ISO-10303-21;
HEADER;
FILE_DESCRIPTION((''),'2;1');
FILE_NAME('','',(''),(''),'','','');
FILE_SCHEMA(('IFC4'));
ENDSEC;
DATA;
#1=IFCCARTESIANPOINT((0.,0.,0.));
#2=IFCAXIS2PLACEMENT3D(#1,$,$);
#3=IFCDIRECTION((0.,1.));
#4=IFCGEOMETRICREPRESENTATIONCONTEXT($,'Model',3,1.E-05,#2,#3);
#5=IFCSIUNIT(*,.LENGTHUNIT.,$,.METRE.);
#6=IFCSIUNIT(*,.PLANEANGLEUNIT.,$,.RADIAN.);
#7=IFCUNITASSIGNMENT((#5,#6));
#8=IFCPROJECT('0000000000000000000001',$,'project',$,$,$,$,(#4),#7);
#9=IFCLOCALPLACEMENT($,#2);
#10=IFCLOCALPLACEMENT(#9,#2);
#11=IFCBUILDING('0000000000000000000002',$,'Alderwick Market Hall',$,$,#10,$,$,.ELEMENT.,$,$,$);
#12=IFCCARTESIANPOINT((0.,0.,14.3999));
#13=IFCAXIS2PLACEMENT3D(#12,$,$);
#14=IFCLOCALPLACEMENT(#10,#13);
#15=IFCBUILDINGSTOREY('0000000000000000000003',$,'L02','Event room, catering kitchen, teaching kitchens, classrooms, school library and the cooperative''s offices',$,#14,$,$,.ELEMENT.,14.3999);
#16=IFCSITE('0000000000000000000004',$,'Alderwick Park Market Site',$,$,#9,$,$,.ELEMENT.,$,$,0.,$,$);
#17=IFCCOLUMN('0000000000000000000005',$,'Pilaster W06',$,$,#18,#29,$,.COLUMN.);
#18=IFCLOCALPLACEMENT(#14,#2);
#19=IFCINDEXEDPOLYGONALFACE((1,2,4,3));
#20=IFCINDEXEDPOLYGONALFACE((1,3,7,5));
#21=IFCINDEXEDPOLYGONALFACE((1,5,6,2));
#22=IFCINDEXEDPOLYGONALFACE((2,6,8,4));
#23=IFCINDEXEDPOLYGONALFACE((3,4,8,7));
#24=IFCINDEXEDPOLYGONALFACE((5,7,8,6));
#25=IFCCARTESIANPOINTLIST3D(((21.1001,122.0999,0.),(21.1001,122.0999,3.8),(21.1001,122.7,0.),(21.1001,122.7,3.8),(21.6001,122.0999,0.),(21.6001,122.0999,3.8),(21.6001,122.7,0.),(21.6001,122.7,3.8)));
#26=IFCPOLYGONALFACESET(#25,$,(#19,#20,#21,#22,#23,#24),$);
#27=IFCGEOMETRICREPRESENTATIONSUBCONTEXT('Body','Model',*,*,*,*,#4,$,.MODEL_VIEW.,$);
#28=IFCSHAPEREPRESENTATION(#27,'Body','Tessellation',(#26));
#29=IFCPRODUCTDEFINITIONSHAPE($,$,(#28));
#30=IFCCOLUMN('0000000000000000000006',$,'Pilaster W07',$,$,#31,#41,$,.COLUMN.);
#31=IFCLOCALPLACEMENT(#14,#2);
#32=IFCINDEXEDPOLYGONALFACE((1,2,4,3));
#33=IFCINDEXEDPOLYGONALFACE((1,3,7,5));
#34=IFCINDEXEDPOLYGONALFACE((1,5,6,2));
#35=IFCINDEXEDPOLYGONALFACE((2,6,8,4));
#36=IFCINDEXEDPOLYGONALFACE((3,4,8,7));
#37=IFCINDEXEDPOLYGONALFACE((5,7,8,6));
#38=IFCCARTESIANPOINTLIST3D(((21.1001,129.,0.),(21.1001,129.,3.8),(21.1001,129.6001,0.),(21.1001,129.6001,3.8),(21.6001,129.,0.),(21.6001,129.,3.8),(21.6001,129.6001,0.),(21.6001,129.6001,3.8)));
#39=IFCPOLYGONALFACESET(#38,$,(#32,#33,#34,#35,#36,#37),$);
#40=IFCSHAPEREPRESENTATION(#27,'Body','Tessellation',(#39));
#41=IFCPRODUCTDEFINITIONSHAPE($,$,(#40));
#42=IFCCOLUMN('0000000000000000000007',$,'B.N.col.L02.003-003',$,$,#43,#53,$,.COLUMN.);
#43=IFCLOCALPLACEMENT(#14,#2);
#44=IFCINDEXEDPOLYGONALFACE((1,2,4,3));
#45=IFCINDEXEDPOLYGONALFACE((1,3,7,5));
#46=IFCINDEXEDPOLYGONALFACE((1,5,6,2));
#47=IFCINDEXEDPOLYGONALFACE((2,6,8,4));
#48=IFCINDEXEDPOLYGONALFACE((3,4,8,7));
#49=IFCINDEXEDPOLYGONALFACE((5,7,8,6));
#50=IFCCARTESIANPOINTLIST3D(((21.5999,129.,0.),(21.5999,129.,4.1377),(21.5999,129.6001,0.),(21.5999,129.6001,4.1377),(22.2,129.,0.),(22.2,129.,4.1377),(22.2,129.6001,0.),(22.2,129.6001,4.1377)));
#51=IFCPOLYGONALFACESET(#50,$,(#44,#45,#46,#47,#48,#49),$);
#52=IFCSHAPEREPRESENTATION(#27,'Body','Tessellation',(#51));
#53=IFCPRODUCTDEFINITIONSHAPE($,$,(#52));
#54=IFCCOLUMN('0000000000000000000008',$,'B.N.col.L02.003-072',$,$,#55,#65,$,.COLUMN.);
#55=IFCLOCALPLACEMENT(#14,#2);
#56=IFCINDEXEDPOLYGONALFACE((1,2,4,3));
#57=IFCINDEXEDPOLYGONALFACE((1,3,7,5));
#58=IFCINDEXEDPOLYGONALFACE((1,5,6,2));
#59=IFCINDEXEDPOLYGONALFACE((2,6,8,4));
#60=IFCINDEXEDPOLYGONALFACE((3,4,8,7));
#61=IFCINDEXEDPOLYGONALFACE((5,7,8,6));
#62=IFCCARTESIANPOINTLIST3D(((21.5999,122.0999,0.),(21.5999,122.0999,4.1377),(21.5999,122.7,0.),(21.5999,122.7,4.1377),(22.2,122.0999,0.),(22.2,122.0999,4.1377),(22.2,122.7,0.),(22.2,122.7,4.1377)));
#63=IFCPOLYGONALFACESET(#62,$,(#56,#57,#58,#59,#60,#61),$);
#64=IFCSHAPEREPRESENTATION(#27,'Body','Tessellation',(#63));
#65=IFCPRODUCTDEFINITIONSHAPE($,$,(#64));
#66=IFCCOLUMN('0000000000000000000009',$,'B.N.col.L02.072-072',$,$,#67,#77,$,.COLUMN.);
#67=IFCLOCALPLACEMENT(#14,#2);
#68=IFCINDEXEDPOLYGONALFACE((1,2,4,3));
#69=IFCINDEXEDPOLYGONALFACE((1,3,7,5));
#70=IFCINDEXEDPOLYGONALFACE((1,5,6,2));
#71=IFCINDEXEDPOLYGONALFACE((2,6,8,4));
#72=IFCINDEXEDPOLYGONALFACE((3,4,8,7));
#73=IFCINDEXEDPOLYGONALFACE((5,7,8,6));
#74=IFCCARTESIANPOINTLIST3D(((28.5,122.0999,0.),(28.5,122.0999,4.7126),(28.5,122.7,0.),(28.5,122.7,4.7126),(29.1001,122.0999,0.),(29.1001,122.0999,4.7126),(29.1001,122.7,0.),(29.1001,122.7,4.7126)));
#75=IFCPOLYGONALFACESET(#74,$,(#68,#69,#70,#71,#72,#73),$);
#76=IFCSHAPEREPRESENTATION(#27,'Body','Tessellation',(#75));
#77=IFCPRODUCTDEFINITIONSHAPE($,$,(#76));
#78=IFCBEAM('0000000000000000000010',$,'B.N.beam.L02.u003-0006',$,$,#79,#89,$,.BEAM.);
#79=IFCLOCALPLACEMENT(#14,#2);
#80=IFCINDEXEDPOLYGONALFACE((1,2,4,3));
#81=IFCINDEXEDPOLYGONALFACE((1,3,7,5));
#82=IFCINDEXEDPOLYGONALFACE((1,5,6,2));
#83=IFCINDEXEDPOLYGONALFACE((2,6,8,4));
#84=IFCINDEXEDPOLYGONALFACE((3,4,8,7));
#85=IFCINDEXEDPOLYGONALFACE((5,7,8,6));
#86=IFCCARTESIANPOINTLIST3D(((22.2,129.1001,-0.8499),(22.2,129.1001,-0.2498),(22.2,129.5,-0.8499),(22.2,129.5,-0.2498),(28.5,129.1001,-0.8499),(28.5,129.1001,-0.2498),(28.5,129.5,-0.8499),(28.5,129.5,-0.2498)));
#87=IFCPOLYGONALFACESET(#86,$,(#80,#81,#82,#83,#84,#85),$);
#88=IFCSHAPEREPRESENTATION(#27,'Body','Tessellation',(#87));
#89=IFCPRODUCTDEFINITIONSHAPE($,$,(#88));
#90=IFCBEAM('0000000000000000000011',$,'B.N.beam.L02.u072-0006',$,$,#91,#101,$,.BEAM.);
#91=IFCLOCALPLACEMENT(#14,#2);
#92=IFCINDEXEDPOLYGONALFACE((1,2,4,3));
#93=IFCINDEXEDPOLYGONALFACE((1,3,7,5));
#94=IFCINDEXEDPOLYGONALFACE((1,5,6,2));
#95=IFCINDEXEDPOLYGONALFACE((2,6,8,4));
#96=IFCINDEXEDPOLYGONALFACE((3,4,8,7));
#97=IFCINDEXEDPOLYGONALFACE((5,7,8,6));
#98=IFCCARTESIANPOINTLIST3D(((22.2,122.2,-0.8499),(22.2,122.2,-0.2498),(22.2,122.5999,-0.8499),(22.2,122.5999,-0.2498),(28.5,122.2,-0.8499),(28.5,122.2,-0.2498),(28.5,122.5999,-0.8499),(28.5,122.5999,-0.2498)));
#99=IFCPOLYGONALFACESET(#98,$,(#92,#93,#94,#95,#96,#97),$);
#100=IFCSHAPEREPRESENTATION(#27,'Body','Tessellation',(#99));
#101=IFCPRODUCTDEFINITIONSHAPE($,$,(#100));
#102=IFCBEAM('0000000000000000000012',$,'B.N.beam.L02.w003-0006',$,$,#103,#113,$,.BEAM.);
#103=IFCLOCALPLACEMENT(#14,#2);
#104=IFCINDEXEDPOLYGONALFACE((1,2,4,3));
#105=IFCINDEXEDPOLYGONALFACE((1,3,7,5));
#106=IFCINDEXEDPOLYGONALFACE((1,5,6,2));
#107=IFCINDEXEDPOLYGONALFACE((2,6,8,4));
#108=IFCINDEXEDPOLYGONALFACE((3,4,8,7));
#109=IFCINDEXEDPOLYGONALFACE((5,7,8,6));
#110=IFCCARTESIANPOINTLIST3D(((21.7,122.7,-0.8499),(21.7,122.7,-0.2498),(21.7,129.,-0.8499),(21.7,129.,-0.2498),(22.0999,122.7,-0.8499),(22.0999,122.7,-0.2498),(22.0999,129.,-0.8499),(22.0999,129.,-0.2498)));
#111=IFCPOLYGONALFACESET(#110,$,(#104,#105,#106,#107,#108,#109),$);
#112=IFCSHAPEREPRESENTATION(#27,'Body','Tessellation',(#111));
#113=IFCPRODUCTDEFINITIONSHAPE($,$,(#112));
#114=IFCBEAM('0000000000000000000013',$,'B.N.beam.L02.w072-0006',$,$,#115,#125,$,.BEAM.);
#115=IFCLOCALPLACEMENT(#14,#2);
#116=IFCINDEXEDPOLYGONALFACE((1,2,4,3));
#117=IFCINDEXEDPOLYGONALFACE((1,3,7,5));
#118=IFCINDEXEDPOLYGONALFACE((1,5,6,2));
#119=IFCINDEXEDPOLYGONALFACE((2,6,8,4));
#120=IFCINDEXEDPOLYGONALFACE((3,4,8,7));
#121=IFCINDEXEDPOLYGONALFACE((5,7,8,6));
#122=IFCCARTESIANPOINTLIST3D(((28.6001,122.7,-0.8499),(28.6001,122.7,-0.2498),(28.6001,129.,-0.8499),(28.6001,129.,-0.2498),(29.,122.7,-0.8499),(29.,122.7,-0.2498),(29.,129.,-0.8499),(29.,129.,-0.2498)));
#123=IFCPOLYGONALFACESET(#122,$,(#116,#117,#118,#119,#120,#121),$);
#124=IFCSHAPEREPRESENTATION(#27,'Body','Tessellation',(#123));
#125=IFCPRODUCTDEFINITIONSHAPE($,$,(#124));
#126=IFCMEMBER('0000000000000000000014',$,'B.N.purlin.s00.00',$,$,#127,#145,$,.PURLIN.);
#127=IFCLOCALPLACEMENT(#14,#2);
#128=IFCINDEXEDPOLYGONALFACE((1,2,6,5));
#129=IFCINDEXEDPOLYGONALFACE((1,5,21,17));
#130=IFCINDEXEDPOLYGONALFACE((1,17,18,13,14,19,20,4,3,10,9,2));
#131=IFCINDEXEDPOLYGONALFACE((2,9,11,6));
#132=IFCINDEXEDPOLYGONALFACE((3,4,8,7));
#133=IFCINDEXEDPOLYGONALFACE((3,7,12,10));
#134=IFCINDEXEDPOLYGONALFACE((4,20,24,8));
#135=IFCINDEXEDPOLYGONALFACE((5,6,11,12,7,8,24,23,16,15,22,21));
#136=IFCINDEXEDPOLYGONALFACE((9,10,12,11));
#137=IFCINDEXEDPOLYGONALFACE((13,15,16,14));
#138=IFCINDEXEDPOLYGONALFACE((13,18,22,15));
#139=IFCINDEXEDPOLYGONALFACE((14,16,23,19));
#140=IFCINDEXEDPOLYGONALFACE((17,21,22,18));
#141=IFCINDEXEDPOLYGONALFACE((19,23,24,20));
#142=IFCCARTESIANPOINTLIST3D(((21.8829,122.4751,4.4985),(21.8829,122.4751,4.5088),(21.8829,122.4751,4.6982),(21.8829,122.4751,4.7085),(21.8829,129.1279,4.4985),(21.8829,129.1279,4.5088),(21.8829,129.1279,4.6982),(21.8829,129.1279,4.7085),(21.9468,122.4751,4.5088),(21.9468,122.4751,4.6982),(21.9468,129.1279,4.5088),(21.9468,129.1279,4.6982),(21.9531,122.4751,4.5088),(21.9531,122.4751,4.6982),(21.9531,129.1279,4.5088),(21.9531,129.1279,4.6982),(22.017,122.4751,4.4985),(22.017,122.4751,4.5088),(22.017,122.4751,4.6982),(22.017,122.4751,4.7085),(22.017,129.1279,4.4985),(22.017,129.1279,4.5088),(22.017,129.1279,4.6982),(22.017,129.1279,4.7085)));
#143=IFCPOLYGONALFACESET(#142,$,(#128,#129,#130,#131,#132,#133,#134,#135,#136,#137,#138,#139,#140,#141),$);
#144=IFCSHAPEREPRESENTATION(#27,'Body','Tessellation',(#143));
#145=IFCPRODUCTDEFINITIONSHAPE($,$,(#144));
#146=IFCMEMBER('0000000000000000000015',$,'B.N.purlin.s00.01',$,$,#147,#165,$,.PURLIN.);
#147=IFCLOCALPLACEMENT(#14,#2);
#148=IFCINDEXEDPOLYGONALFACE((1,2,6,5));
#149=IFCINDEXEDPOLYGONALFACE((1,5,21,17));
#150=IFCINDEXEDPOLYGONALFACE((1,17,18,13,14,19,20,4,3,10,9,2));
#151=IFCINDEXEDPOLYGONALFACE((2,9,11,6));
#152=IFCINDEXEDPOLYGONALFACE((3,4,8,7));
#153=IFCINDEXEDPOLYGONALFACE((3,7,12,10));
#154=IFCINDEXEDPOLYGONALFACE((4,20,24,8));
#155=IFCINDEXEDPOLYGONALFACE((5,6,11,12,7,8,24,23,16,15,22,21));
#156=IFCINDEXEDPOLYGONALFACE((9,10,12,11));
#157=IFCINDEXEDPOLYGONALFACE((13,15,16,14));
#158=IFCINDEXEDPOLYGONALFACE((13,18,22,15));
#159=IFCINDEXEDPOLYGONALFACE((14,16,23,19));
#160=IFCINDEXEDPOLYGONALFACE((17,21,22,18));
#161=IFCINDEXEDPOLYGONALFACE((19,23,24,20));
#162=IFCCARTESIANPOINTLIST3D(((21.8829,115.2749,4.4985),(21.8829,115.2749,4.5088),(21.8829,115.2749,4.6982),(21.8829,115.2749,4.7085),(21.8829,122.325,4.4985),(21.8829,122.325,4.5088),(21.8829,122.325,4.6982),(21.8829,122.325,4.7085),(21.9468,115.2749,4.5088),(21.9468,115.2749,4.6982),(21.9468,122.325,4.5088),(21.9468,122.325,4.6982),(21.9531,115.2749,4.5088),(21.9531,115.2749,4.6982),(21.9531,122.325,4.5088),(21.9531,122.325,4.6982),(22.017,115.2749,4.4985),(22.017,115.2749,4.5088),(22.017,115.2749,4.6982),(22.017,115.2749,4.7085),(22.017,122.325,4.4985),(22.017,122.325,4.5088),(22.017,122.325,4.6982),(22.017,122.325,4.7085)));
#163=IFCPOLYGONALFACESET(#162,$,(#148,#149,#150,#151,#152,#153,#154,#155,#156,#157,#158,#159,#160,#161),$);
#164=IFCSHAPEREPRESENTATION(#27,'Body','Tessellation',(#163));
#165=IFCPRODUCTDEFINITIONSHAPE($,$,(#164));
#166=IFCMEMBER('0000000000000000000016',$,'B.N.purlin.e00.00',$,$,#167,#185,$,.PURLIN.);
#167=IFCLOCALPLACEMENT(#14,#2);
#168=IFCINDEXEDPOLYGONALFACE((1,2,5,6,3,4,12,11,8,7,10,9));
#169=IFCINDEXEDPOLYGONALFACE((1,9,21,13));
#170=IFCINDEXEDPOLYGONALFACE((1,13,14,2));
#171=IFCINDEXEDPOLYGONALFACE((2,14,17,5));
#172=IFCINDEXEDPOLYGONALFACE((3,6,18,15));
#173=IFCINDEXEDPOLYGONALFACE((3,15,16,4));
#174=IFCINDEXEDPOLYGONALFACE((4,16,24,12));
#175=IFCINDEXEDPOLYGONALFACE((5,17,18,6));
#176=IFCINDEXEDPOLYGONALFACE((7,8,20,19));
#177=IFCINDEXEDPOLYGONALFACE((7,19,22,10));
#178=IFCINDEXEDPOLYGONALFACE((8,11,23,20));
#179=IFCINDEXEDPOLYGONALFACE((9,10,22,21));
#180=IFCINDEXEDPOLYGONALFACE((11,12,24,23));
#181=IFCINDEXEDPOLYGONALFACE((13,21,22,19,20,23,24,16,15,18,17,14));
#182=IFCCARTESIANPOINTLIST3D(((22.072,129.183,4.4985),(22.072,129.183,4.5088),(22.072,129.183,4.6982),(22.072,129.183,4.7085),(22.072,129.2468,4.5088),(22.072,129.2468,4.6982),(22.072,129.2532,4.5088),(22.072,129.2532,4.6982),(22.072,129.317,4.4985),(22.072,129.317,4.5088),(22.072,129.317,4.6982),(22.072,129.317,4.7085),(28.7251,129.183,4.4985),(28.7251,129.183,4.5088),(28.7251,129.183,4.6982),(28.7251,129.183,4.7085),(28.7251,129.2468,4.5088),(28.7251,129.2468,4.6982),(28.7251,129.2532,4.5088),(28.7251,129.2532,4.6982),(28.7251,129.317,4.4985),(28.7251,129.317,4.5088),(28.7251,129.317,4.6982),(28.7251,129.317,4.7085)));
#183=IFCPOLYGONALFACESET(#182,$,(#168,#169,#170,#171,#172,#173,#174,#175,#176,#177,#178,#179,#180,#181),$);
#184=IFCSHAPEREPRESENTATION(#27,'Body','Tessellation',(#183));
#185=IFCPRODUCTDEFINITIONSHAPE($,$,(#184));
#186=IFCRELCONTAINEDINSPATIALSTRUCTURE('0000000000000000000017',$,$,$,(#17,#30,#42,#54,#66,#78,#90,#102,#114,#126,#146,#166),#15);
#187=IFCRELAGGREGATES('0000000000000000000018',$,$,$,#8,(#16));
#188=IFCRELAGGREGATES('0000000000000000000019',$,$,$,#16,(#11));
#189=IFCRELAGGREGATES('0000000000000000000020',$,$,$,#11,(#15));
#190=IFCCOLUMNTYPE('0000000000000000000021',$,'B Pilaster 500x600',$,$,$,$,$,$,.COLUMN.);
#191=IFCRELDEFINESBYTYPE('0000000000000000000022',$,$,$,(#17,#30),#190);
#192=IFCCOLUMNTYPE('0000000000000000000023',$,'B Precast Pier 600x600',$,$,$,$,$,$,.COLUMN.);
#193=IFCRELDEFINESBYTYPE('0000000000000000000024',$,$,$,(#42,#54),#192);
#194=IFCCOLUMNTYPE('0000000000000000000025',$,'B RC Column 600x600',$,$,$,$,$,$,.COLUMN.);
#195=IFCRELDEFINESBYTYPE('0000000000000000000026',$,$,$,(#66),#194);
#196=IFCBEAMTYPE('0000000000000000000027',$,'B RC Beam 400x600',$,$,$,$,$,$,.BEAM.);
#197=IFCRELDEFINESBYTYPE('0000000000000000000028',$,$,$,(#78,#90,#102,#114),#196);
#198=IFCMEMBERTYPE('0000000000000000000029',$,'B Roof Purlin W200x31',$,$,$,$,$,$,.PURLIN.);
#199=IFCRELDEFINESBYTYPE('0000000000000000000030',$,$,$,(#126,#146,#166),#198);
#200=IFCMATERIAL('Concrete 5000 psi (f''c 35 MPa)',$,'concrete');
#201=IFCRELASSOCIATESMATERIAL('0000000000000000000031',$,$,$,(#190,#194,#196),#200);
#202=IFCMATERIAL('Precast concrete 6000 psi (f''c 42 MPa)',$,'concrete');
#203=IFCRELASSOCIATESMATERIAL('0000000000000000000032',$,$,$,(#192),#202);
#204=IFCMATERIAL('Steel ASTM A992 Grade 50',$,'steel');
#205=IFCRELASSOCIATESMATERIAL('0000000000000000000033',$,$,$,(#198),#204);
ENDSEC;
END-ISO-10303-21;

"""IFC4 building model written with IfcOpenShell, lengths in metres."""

from ifc_helpers import new_model, si_unit, direction, frame, origin, origin_2d, place, context, subcontext, project, spatial, rectangle, i_section, extrude, material, material_profile, profile_set, type_object, element, save


model = new_model("IFC4")

# Units and contexts
model_context = context("Model", 3, precision=1e-05, world=origin(), true_north=direction((0.0, 1.0)))
body_context = subcontext(model_context, "Body", "Model", "MODEL_VIEW")
ifc_project = project(units=[si_unit("LENGTHUNIT", "METRE"), si_unit("PLANEANGLEUNIT", "RADIAN")], contexts=[model_context])

# Site, building, storey
site_placement = place(None, origin())
site = spatial("IfcSite", under=ifc_project, at=site_placement, Name="Alderwick Park Market Site", CompositionType="ELEMENT", RefElevation=0.0)
building_placement = place(site_placement, origin())
building = spatial("IfcBuilding", under=site, at=building_placement, Name="Alderwick Market Hall", CompositionType="ELEMENT")
storey_placement = place(building_placement, frame((0.0, 0.0, 14.3999)))
storey = spatial("IfcBuildingStorey", under=building, at=storey_placement, Name="L02", Description="Event room, catering kitchen, teaching kitchens, classrooms, school library and the cooperative's offices", CompositionType="ELEMENT", Elevation=14.3999)

# Columns
ifc_material_1 = material(Name="Concrete 5000 psi (f'c 35 MPa)", Category="concrete")
ifc_material_profile_1 = material_profile(ifc_material_1, rectangle(XDim=0.5, YDim=0.6001, at=origin_2d()), Name="B Pilaster 500x600")
ifc_profile_set_1 = profile_set([ifc_material_profile_1], Name="Concrete 5000 psi (f'c 35 MPa)")
column_type_1 = type_object("IfcColumnType", Name="B Pilaster 500x600", PredefinedType="COLUMN", material=ifc_profile_set_1)
for number, where, z_axis, x_axis, name in (
    (1, (21.3501, 122.3999, 0.0), (0.0, 0.0, 1.0), (1.0, 0.0, 0.0), "Pilaster W06"),
    (2, (21.3501, 129.3, 0.0), (0.0, 0.0, 1.0), (1.0, 0.0, 0.0), "Pilaster W07"),
):
    element("IfcColumn", number, at=place(storey_placement, frame(where, z_axis=z_axis, x_axis=x_axis)), inside=storey, type_object=column_type_1, Name=name, PredefinedType="COLUMN", context=body_context, shape_type="SweptSolid", body=[
        extrude(rectangle(XDim=0.5, YDim=0.6001, at=origin_2d()), origin(), (0.0, 0.0, 1.0), 3.8),
    ])
ifc_material_2 = material(Name="Precast concrete 6000 psi (f'c 42 MPa)", Category="concrete")
ifc_material_profile_2 = material_profile(ifc_material_2, rectangle(XDim=0.6001, YDim=0.6001, at=origin_2d()), Name="B Precast Pier 600x600")
ifc_profile_set_2 = profile_set([ifc_material_profile_2], Name="Precast concrete 6000 psi (f'c 42 MPa)")
column_type_2 = type_object("IfcColumnType", Name="B Precast Pier 600x600", PredefinedType="COLUMN", material=ifc_profile_set_2)
for number, where, z_axis, x_axis, name in (
    (3, (21.8999, 129.3, 0.0), (0.0, 0.0, 1.0), (1.0, 0.0, 0.0), "B.N.col.L02.003-003"),
    (4, (21.8999, 122.3999, 0.0), (0.0, 0.0, 1.0), (1.0, 0.0, 0.0), "B.N.col.L02.003-072"),
):
    element("IfcColumn", number, at=place(storey_placement, frame(where, z_axis=z_axis, x_axis=x_axis)), inside=storey, type_object=column_type_2, Name=name, PredefinedType="COLUMN", context=body_context, shape_type="SweptSolid", body=[
        extrude(rectangle(XDim=0.6001, YDim=0.6001, at=origin_2d()), origin(), (0.0, 0.0, 1.0), 4.1377),
    ])
ifc_material_profile_3 = material_profile(ifc_material_1, rectangle(XDim=0.6001, YDim=0.6001, at=origin_2d()), Name="B RC Column 600x600")
ifc_profile_set_3 = profile_set([ifc_material_profile_3], Name="Concrete 5000 psi (f'c 35 MPa)")
column_type_3 = type_object("IfcColumnType", Name="B RC Column 600x600", PredefinedType="COLUMN", material=ifc_profile_set_3)
column_placement = place(storey_placement, frame((28.8, 122.3999, 0.0), z_axis=(0.0, 0.0, 1.0), x_axis=(1.0, 0.0, 0.0)))
element("IfcColumn", 5, at=column_placement, inside=storey, type_object=column_type_3, Name="B.N.col.L02.072-072", PredefinedType="COLUMN", context=body_context, shape_type="SweptSolid", body=[
    extrude(rectangle(XDim=0.6001, YDim=0.6001, at=origin_2d()), origin(), (0.0, 0.0, 1.0), 4.7126),
])

# Beams
ifc_material_profile_4 = material_profile(ifc_material_1, rectangle(XDim=0.3999, YDim=0.6001, at=origin_2d()), Name="B RC Beam 400x600")
ifc_profile_set_4 = profile_set([ifc_material_profile_4], Name="Concrete 5000 psi (f'c 35 MPa)")
beam_type_1 = type_object("IfcBeamType", Name="B RC Beam 400x600", PredefinedType="BEAM", material=ifc_profile_set_4)
for number, where, z_axis, x_axis, name in (
    (6, (22.2, 129.3, -0.5498), (1.0, 0.0, 0.0), (0.0, 1.0, 0.0), "B.N.beam.L02.u003-0006"),
    (7, (22.2, 122.3999, -0.5498), (1.0, 0.0, 0.0), (0.0, 1.0, 0.0), "B.N.beam.L02.u072-0006"),
    (8, (21.8999, 129.0, -0.5498), (0.0, -1.0, 0.0), (1.0, 0.0, 0.0), "B.N.beam.L02.w003-0006"),
    (9, (28.8, 129.0, -0.5498), (0.0, -1.0, 0.0), (1.0, 0.0, 0.0), "B.N.beam.L02.w072-0006"),
):
    element("IfcBeam", number, at=place(storey_placement, frame(where, z_axis=z_axis, x_axis=x_axis)), inside=storey, type_object=beam_type_1, Name=name, PredefinedType="BEAM", context=body_context, shape_type="SweptSolid", body=[
        extrude(rectangle(XDim=0.3999, YDim=0.6001, at=origin_2d()), origin(), (0.0, 0.0, 1.0), 6.3),
    ])

# Members
ifc_material_3 = material(Name="Steel ASTM A992 Grade 50", Category="steel")
ifc_material_profile_5 = material_profile(ifc_material_3, i_section(OverallWidth=0.134, OverallDepth=0.21, WebThickness=0.0063, FlangeThickness=0.0103, at=origin_2d()), Name="W200x31")
ifc_profile_set_5 = profile_set([ifc_material_profile_5], Name="Steel ASTM A992 Grade 50")
member_type = type_object("IfcMemberType", Name="B Roof Purlin W200x31", PredefinedType="PURLIN", material=ifc_profile_set_5)
member_1_placement = place(storey_placement, frame((21.95, 129.1279, 4.6035), z_axis=(0.0, -1.0, 0.0), x_axis=(1.0, 0.0, 0.0)))
element("IfcMember", 10, at=member_1_placement, inside=storey, type_object=member_type, Name="B.N.purlin.s00.00", PredefinedType="PURLIN", context=body_context, shape_type="SweptSolid", body=[
    extrude(i_section(OverallWidth=0.134, OverallDepth=0.21, WebThickness=0.0063, FlangeThickness=0.0103, at=origin_2d()), origin(), (0.0, 0.0, 1.0), 6.6528),
])
member_2_placement = place(storey_placement, frame((21.95, 122.325, 4.6035), z_axis=(0.0, -1.0, 0.0), x_axis=(1.0, 0.0, 0.0)))
element("IfcMember", 11, at=member_2_placement, inside=storey, type_object=member_type, Name="B.N.purlin.s00.01", PredefinedType="PURLIN", context=body_context, shape_type="SweptSolid", body=[
    extrude(i_section(OverallWidth=0.134, OverallDepth=0.21, WebThickness=0.0063, FlangeThickness=0.0103, at=origin_2d()), origin(), (0.0, 0.0, 1.0), 7.05),
])
member_3_placement = place(storey_placement, frame((22.072, 129.25, 4.6035), z_axis=(1.0, 0.0, 0.0), x_axis=(0.0, 1.0, 0.0)))
element("IfcMember", 12, at=member_3_placement, inside=storey, type_object=member_type, Name="B.N.purlin.e00.00", PredefinedType="PURLIN", context=body_context, shape_type="SweptSolid", body=[
    extrude(i_section(OverallWidth=0.134, OverallDepth=0.21, WebThickness=0.0063, FlangeThickness=0.0103, at=origin_2d()), origin(), (0.0, 0.0, 1.0), 6.6531),
])

save(model, "model.ifc")
